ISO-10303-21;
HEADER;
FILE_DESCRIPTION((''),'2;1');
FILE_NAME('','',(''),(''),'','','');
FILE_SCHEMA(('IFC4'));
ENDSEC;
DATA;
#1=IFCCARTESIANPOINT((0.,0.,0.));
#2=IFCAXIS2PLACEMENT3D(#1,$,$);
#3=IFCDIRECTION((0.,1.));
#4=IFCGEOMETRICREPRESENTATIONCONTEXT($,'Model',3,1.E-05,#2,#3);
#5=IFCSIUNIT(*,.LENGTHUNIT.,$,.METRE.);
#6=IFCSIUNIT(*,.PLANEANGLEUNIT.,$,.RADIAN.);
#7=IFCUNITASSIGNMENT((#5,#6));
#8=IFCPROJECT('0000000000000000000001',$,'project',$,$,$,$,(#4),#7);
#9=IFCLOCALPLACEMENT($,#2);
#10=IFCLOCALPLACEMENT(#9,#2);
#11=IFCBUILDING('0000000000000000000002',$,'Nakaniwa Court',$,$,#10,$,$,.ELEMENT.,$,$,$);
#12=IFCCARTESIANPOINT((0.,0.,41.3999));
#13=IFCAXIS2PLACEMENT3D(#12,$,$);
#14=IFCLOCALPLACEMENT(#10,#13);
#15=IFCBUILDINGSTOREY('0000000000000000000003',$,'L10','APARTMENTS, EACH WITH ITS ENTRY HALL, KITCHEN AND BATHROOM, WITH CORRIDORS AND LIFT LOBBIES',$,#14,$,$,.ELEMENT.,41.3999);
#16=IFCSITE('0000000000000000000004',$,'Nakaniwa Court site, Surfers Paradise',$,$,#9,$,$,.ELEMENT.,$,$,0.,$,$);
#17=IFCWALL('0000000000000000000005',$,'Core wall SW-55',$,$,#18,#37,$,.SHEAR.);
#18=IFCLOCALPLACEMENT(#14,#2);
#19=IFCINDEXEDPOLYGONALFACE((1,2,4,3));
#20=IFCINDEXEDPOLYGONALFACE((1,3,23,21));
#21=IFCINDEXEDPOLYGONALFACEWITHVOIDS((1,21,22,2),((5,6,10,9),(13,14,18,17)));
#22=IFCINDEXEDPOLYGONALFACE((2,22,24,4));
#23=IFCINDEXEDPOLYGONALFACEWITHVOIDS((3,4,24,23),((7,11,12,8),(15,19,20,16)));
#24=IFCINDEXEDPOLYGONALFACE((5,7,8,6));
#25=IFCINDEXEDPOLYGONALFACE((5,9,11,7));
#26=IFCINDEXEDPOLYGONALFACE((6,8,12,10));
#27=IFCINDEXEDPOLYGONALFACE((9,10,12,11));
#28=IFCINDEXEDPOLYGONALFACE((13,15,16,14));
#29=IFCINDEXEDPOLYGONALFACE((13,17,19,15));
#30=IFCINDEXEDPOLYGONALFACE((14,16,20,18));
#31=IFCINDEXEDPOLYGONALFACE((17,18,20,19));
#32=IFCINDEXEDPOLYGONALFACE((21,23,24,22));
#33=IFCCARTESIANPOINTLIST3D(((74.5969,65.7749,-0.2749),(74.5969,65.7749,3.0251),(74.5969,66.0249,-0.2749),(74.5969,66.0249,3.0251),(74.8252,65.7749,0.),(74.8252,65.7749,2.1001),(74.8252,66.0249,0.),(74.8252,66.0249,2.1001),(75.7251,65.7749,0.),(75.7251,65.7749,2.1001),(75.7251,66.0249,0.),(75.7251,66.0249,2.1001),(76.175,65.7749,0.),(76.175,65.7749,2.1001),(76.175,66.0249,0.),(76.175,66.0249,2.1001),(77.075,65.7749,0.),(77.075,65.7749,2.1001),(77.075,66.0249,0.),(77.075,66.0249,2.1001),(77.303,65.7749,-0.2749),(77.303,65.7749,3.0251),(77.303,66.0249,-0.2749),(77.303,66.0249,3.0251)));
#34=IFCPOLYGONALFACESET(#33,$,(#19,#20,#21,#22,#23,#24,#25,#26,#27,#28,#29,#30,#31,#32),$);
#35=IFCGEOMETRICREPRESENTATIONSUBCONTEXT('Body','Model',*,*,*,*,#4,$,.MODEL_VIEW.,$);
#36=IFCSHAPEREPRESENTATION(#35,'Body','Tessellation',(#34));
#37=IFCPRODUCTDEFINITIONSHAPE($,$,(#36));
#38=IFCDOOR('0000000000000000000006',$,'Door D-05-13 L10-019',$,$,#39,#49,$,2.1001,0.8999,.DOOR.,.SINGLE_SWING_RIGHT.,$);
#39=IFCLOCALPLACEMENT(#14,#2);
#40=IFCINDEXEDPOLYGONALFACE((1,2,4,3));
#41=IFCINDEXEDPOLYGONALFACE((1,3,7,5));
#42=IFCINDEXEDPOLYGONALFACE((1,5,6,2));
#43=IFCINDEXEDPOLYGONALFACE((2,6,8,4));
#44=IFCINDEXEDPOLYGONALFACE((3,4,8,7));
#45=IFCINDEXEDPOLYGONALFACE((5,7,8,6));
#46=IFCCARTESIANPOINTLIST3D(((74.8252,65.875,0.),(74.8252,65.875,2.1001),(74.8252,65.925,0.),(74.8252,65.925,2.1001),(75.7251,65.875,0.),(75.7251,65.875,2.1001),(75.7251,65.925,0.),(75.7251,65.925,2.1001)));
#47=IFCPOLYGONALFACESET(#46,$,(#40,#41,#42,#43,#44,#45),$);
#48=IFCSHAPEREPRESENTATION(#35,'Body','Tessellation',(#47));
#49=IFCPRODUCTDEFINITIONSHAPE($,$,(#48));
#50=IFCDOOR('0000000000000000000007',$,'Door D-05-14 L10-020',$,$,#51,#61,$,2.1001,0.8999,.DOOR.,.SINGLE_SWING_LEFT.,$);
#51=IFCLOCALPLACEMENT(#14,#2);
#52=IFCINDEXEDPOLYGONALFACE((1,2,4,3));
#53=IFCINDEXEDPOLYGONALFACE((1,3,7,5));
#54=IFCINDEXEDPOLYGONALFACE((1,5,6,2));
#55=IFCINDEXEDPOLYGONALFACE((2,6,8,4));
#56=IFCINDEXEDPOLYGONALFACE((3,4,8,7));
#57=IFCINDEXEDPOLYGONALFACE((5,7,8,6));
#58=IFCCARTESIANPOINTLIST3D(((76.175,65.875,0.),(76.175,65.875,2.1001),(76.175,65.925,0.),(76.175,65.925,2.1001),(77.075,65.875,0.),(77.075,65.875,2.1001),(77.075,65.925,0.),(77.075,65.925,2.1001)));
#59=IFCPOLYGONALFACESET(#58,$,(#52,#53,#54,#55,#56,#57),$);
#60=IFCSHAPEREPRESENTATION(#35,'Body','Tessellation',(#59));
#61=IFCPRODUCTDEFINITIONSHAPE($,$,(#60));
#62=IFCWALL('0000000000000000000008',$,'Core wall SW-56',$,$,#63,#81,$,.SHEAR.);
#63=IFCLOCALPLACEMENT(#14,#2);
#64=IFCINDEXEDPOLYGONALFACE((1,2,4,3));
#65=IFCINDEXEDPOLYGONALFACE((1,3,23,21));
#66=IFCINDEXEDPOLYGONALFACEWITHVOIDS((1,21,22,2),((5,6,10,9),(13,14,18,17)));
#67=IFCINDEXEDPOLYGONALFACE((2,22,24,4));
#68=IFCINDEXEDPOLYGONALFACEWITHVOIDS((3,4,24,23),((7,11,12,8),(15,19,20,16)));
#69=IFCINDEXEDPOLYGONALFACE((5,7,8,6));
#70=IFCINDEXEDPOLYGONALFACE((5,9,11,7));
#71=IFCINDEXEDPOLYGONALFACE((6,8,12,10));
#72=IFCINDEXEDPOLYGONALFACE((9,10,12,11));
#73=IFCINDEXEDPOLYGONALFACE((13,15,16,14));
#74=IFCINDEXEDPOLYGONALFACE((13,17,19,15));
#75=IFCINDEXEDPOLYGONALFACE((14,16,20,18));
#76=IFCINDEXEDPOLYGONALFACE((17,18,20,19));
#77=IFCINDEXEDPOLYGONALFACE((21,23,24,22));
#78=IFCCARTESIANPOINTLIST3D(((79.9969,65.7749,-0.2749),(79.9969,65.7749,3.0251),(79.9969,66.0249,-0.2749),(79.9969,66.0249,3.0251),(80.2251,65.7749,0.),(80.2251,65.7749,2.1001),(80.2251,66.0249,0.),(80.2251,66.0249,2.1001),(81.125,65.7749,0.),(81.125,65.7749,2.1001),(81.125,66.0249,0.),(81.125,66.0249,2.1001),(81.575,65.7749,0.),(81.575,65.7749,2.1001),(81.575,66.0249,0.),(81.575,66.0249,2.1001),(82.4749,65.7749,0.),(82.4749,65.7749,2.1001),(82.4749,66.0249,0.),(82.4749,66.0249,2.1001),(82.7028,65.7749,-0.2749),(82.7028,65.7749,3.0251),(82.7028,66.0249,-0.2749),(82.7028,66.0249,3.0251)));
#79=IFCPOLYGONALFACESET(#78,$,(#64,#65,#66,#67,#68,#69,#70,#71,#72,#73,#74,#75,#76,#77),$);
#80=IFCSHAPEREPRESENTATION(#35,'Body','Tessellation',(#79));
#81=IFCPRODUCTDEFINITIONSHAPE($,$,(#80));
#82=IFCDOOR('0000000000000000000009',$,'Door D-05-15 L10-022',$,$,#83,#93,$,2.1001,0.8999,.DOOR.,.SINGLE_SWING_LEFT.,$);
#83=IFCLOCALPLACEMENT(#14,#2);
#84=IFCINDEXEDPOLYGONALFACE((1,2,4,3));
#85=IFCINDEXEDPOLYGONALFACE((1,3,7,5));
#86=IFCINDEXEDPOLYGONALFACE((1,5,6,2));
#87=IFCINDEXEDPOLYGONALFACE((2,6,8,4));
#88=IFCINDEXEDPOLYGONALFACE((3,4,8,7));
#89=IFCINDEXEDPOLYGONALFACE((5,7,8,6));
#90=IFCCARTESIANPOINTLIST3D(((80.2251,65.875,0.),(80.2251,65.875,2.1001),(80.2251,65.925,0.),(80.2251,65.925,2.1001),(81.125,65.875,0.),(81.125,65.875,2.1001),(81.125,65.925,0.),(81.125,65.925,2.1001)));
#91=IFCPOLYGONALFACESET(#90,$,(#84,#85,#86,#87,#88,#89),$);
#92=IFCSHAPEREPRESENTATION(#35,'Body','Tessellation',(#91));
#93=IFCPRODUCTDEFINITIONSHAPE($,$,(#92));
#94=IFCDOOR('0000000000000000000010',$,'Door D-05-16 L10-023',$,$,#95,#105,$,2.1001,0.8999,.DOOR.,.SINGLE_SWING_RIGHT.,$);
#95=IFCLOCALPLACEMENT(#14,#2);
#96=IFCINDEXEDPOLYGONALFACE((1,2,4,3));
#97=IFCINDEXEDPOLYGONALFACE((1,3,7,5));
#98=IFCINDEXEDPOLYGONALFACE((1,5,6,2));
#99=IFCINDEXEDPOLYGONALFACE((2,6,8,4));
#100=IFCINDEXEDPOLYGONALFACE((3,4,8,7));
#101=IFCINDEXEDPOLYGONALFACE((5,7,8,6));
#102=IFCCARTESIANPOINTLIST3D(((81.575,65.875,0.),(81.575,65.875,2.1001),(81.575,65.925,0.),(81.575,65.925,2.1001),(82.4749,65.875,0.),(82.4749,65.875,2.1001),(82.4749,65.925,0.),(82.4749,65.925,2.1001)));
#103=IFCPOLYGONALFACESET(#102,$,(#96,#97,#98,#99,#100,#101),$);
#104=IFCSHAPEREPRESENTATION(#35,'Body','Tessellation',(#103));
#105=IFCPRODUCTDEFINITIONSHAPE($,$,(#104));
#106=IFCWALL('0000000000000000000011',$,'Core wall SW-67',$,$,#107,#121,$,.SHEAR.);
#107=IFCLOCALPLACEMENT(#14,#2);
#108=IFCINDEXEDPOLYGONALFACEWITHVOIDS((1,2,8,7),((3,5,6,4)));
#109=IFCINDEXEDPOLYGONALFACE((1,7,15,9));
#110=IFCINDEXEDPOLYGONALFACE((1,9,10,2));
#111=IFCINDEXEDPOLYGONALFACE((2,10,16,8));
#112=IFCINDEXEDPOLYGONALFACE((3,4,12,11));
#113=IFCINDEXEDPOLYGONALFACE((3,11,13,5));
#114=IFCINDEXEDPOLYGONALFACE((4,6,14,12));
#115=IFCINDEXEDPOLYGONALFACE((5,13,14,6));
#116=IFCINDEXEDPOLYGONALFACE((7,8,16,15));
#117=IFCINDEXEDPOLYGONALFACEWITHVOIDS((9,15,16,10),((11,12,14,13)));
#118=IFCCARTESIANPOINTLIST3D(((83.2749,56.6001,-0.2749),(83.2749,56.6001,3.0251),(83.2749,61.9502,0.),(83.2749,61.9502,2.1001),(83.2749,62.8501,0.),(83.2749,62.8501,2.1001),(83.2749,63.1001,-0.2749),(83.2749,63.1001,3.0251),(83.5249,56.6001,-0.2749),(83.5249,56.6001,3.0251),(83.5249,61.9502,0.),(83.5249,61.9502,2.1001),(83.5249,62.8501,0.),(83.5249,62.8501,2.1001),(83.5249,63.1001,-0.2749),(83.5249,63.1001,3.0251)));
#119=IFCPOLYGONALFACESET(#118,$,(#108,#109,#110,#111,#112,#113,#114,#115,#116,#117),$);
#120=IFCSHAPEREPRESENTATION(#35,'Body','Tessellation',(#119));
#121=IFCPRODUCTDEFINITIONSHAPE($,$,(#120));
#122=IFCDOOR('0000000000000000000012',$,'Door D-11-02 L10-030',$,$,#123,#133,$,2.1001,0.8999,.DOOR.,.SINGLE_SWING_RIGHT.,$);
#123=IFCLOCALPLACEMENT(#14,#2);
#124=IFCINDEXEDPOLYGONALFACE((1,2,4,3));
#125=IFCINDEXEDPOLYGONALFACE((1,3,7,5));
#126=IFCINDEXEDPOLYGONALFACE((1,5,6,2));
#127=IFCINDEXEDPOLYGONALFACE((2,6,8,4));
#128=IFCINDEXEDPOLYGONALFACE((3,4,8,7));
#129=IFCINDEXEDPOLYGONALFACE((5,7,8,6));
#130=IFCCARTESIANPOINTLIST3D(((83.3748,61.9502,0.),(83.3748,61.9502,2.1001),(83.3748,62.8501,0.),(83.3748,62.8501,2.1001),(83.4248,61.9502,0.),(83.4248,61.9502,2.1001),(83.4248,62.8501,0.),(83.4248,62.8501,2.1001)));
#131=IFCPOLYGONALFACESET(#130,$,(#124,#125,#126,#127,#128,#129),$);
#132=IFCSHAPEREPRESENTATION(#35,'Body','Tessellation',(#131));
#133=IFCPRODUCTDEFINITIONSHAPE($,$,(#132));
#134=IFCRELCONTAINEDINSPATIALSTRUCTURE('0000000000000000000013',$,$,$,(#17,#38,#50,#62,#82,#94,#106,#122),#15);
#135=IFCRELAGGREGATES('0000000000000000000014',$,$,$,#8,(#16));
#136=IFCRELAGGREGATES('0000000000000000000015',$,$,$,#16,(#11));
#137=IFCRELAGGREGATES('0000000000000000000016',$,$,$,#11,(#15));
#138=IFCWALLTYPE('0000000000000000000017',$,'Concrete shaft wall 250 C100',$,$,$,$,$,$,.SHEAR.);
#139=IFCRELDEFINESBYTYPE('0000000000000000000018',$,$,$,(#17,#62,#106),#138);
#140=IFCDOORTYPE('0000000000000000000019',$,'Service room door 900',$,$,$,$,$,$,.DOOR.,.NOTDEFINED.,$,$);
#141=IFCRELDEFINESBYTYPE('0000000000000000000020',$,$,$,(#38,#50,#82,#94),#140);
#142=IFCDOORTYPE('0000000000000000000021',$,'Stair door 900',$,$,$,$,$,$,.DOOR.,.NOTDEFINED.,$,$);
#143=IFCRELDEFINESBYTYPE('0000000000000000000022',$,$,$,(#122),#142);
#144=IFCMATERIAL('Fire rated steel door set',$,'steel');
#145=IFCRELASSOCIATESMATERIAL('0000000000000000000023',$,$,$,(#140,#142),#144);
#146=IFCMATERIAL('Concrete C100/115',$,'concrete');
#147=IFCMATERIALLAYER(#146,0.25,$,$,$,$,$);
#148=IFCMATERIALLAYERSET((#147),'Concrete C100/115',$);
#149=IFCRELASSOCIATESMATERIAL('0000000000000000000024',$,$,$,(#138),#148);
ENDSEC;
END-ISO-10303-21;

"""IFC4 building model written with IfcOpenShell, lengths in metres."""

from ifc_helpers import new_model, si_unit, direction, frame, frame_2d, origin, place, context, subcontext, project, spatial, rectangle, extrude, material, layer, layer_set, type_object, element, fill, save


model = new_model("IFC4")

# Units and contexts
model_context = context("Model", 3, precision=1e-05, world=origin(), true_north=direction((0.0, 1.0)))
body_context = subcontext(model_context, "Body", "Model", "MODEL_VIEW")
ifc_project = project(units=[si_unit("LENGTHUNIT", "METRE"), si_unit("PLANEANGLEUNIT", "RADIAN")], contexts=[model_context])

# Site, building, storey
site_placement = place(None, origin())
site = spatial("IfcSite", under=ifc_project, at=site_placement, Name="Nakaniwa Court site, Surfers Paradise", CompositionType="ELEMENT", RefElevation=0.0)
building_placement = place(site_placement, origin())
building = spatial("IfcBuilding", under=site, at=building_placement, Name="Nakaniwa Court", CompositionType="ELEMENT")
storey_placement = place(building_placement, frame((0.0, 0.0, 41.3999)))
storey = spatial("IfcBuildingStorey", under=building, at=storey_placement, Name="L10", Description="APARTMENTS, EACH WITH ITS ENTRY HALL, KITCHEN AND BATHROOM, WITH CORRIDORS AND LIFT LOBBIES", CompositionType="ELEMENT", Elevation=41.3999)

# Shared definitions
ifc_material_1 = material(Name="Fire rated steel door set", Category="steel")
door_type_1 = type_object("IfcDoorType", Name="Service room door 900", OperationType="NOTDEFINED", PredefinedType="DOOR", material=ifc_material_1)

# Shared definitions
ifc_material_2 = material(Name="Concrete C100/115", Category="concrete")
ifc_layer_1 = layer(ifc_material_2, 0.25)
ifc_layer_set_1 = layer_set([ifc_layer_1], Name="Concrete C100/115")
wall_type_1 = type_object("IfcWallType", Name="Concrete shaft wall 250 C100", PredefinedType="SHEAR", material=ifc_layer_set_1)

# Walls, openings, doors
wall_1_placement = place(storey_placement, frame((77.303, 65.8999, -0.2749), z_axis=(0.0, 0.0, 1.0), x_axis=(-1.0, 0.0, 0.0)))
wall_1 = element("IfcWall", 1, at=wall_1_placement, inside=storey, type_object=wall_type_1, Name="Core wall SW-55", PredefinedType="SHEAR", context=body_context, shape_type="SweptSolid", body=[
    extrude(rectangle(XDim=2.7061, YDim=0.25, at=frame_2d((1.353, 0.0))), origin(), (0.0, 0.0, 1.0), 3.3),
])
opening_1_placement = place(wall_1_placement, frame((1.5779, 0.0, 0.2749)))
opening_1 = element("IfcOpeningElement", 2, at=opening_1_placement, cuts=wall_1, PredefinedType="OPENING", context=body_context, shape_type="SweptSolid", body=[
    extrude(rectangle(XDim=0.8999, YDim=2.1001, at=frame_2d((0.45, 1.05))), frame((0.0, 0.135, 0.0), z_axis=(0.0, -1.0, 0.0), x_axis=(1.0, 0.0, 0.0)), (0.0, 0.0, 1.0), 0.27),
])
opening_2_placement = place(wall_1_placement, frame((0.228, 0.0, 0.2749)))
opening_2 = element("IfcOpeningElement", 3, at=opening_2_placement, cuts=wall_1, PredefinedType="OPENING", context=body_context, shape_type="SweptSolid", body=[
    extrude(rectangle(XDim=0.8999, YDim=2.1001, at=frame_2d((0.45, 1.05))), frame((0.0, 0.135, 0.0), z_axis=(0.0, -1.0, 0.0), x_axis=(1.0, 0.0, 0.0)), (0.0, 0.0, 1.0), 0.27),
])
door_1_placement = place(opening_1_placement, origin())
door_1 = element("IfcDoor", 4, at=door_1_placement, inside=storey, type_object=door_type_1, Name="Door D-05-13 L10-019", OperationType="SINGLE_SWING_RIGHT", OverallHeight=2.1001, OverallWidth=0.8999, PredefinedType="DOOR", context=body_context, shape_type="SweptSolid", body=[
    extrude(rectangle(XDim=0.8999, YDim=2.1001, at=frame_2d((0.45, 1.05))), frame((0.0, 0.0249, 0.0), z_axis=(0.0, -1.0, 0.0), x_axis=(1.0, 0.0, 0.0)), (0.0, 0.0, 1.0), 0.05),
])
fill(opening_1, door_1)
door_2_placement = place(opening_2_placement, origin())
door_2 = element("IfcDoor", 5, at=door_2_placement, inside=storey, type_object=door_type_1, Name="Door D-05-14 L10-020", OperationType="SINGLE_SWING_LEFT", OverallHeight=2.1001, OverallWidth=0.8999, PredefinedType="DOOR", context=body_context, shape_type="SweptSolid", body=[
    extrude(rectangle(XDim=0.8999, YDim=2.1001, at=frame_2d((0.45, 1.05))), frame((0.0, 0.0249, 0.0), z_axis=(0.0, -1.0, 0.0), x_axis=(1.0, 0.0, 0.0)), (0.0, 0.0, 1.0), 0.05),
])
fill(opening_2, door_2)
wall_2_placement = place(storey_placement, frame((82.7029, 65.8999, -0.2749), z_axis=(0.0, 0.0, 1.0), x_axis=(-1.0, 0.0, 0.0)))
wall_2 = element("IfcWall", 6, at=wall_2_placement, inside=storey, type_object=wall_type_1, Name="Core wall SW-56", PredefinedType="SHEAR", context=body_context, shape_type="SweptSolid", body=[
    extrude(rectangle(XDim=2.7058, YDim=0.25, at=frame_2d((1.353, 0.0))), origin(), (0.0, 0.0, 1.0), 3.3),
])
opening_3_placement = place(wall_2_placement, frame((1.5779, 0.0, 0.2749)))
opening_3 = element("IfcOpeningElement", 7, at=opening_3_placement, cuts=wall_2, PredefinedType="OPENING", context=body_context, shape_type="SweptSolid", body=[
    extrude(rectangle(XDim=0.8999, YDim=2.1001, at=frame_2d((0.45, 1.05))), frame((0.0, 0.135, 0.0), z_axis=(0.0, -1.0, 0.0), x_axis=(1.0, 0.0, 0.0)), (0.0, 0.0, 1.0), 0.27),
])
opening_4_placement = place(wall_2_placement, frame((0.228, 0.0, 0.2749)))
opening_4 = element("IfcOpeningElement", 8, at=opening_4_placement, cuts=wall_2, PredefinedType="OPENING", context=body_context, shape_type="SweptSolid", body=[
    extrude(rectangle(XDim=0.8999, YDim=2.1001, at=frame_2d((0.45, 1.05))), frame((0.0, 0.135, 0.0), z_axis=(0.0, -1.0, 0.0), x_axis=(1.0, 0.0, 0.0)), (0.0, 0.0, 1.0), 0.27),
])
door_3_placement = place(opening_3_placement, origin())
door_3 = element("IfcDoor", 9, at=door_3_placement, inside=storey, type_object=door_type_1, Name="Door D-05-15 L10-022", OperationType="SINGLE_SWING_LEFT", OverallHeight=2.1001, OverallWidth=0.8999, PredefinedType="DOOR", context=body_context, shape_type="SweptSolid", body=[
    extrude(rectangle(XDim=0.8999, YDim=2.1001, at=frame_2d((0.45, 1.05))), frame((0.0, 0.0249, 0.0), z_axis=(0.0, -1.0, 0.0), x_axis=(1.0, 0.0, 0.0)), (0.0, 0.0, 1.0), 0.05),
])
fill(opening_3, door_3)
door_4_placement = place(opening_4_placement, origin())
door_4 = element("IfcDoor", 10, at=door_4_placement, inside=storey, type_object=door_type_1, Name="Door D-05-16 L10-023", OperationType="SINGLE_SWING_RIGHT", OverallHeight=2.1001, OverallWidth=0.8999, PredefinedType="DOOR", context=body_context, shape_type="SweptSolid", body=[
    extrude(rectangle(XDim=0.8999, YDim=2.1001, at=frame_2d((0.45, 1.05))), frame((0.0, 0.0249, 0.0), z_axis=(0.0, -1.0, 0.0), x_axis=(1.0, 0.0, 0.0)), (0.0, 0.0, 1.0), 0.05),
])
fill(opening_4, door_4)

# Wall, opening, door
wall_3_placement = place(storey_placement, frame((83.3999, 63.1001, -0.2749), z_axis=(0.0, 0.0, 1.0), x_axis=(0.0, -1.0, 0.0)))
wall_3 = element("IfcWall", 11, at=wall_3_placement, inside=storey, type_object=wall_type_1, Name="Core wall SW-67", PredefinedType="SHEAR", context=body_context, shape_type="SweptSolid", body=[
    extrude(rectangle(XDim=6.5, YDim=0.25, at=frame_2d((3.25, 0.0))), origin(), (0.0, 0.0, 1.0), 3.3),
])
opening_5_placement = place(wall_3_placement, frame((0.25, 0.0, 0.2749)))
opening_5 = element("IfcOpeningElement", 12, at=opening_5_placement, cuts=wall_3, PredefinedType="OPENING", context=body_context, shape_type="SweptSolid", body=[
    extrude(rectangle(XDim=0.8999, YDim=2.1001, at=frame_2d((0.45, 1.05))), frame((0.0, 0.135, 0.0), z_axis=(0.0, -1.0, 0.0), x_axis=(1.0, 0.0, 0.0)), (0.0, 0.0, 1.0), 0.27),
])
door_type_2 = type_object("IfcDoorType", Name="Stair door 900", OperationType="NOTDEFINED", PredefinedType="DOOR", material=ifc_material_1)
door_5_placement = place(opening_5_placement, origin())
door_5 = element("IfcDoor", 13, at=door_5_placement, inside=storey, type_object=door_type_2, Name="Door D-11-02 L10-030", OperationType="SINGLE_SWING_RIGHT", OverallHeight=2.1001, OverallWidth=0.8999, PredefinedType="DOOR", context=body_context, shape_type="SweptSolid", body=[
    extrude(rectangle(XDim=0.8999, YDim=2.1001, at=frame_2d((0.45, 1.05))), frame((0.0, 0.0249, 0.0), z_axis=(0.0, -1.0, 0.0), x_axis=(1.0, 0.0, 0.0)), (0.0, 0.0, 1.0), 0.05),
])
fill(opening_5, door_5)

save(model, "model.ifc")
